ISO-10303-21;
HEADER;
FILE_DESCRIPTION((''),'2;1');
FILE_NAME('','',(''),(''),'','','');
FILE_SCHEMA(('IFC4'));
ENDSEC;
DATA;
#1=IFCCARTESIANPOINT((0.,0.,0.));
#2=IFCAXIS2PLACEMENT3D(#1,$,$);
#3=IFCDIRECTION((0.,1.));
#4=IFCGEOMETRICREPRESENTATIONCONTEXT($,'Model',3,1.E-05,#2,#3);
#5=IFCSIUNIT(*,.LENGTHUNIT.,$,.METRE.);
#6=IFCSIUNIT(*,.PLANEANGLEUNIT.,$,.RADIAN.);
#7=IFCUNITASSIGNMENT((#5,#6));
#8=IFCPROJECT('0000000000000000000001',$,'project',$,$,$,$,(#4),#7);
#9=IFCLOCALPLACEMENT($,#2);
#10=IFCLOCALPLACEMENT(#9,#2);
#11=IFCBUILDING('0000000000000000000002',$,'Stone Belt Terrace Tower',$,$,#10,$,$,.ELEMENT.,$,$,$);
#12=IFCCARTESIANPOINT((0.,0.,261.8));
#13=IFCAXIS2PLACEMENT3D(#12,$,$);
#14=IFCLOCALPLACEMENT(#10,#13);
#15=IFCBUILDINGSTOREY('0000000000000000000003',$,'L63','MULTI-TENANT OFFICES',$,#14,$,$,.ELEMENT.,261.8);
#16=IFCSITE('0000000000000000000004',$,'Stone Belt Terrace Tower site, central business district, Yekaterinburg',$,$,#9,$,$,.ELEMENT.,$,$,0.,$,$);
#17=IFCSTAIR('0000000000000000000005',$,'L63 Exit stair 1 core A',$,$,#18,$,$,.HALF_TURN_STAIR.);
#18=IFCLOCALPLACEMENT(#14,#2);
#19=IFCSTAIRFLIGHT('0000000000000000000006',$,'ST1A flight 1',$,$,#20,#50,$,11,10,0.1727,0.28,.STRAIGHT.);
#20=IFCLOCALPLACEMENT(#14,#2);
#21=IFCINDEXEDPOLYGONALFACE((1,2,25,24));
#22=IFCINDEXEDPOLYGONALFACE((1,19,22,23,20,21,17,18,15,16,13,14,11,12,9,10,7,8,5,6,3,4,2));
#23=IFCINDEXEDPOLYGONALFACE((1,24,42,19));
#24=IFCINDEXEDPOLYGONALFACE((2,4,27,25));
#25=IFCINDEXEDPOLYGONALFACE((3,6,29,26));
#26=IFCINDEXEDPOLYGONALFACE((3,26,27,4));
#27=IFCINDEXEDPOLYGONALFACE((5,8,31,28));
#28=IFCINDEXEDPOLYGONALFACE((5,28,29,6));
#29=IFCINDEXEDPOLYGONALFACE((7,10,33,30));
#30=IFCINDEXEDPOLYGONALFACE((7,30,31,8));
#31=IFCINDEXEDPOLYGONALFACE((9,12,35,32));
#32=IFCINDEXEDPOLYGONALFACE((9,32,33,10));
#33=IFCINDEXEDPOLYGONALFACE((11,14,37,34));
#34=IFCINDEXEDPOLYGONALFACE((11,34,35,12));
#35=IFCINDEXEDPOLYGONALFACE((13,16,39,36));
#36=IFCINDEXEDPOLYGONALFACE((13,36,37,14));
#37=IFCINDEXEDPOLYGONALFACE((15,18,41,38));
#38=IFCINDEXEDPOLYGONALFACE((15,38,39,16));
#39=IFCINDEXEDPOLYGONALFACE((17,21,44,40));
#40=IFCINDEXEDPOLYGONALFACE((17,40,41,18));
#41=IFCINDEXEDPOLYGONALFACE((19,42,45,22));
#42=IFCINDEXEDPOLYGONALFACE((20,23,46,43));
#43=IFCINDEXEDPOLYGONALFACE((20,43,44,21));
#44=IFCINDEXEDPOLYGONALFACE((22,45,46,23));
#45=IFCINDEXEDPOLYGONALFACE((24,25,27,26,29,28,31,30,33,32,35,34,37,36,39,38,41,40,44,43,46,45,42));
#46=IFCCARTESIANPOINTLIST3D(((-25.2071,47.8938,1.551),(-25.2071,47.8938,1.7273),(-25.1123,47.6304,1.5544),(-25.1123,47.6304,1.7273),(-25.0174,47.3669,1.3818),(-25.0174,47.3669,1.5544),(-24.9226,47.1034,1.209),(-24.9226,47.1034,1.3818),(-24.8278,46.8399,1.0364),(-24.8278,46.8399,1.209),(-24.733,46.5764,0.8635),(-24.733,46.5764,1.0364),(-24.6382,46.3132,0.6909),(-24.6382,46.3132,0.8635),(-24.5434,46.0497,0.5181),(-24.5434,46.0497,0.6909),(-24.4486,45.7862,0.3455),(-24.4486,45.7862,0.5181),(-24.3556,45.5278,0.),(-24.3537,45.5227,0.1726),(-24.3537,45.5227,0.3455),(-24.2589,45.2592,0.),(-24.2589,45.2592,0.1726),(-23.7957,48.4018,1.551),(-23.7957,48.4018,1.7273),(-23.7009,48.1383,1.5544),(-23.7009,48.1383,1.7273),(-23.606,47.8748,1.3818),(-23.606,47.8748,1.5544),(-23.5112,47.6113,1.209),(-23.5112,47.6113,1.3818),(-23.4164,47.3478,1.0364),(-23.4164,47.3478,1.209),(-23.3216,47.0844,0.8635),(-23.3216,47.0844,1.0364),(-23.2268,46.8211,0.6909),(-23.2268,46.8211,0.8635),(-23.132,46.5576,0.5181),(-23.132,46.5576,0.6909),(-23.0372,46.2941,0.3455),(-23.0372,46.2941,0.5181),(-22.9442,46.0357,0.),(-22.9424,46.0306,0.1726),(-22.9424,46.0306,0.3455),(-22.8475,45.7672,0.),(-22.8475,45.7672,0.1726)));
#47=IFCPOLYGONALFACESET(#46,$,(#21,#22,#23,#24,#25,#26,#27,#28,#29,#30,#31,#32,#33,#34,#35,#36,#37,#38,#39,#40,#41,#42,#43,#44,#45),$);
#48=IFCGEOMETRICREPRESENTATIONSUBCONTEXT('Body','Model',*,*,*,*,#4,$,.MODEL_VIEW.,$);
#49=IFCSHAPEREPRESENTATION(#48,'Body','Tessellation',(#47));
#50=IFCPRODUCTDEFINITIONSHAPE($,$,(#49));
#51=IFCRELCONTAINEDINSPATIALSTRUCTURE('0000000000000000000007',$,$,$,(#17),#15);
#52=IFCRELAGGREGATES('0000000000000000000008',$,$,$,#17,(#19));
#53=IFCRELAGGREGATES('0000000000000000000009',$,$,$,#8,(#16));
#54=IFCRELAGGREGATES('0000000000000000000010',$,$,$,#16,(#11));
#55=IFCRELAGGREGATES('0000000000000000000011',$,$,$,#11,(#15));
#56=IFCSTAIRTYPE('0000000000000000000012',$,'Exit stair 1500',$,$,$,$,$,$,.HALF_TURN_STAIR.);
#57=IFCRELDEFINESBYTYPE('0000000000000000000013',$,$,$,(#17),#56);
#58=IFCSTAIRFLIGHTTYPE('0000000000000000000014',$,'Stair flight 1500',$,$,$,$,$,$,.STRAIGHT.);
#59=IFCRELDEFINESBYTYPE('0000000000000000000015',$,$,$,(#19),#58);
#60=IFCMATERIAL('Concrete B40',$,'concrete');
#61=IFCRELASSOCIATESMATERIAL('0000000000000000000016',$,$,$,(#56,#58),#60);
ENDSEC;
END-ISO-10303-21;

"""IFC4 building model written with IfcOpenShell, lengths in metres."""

from ifc_helpers import new_model, si_unit, direction, frame, origin, place, context, subcontext, project, spatial, polyline, outline, extrude, material, type_object, element, aggregate, save


model = new_model("IFC4")

# Units and contexts
model_context = context("Model", 3, precision=1e-05, world=origin(), true_north=direction((0.0, 1.0)))
body_context = subcontext(model_context, "Body", "Model", "MODEL_VIEW")
ifc_project = project(units=[si_unit("LENGTHUNIT", "METRE"), si_unit("PLANEANGLEUNIT", "RADIAN")], contexts=[model_context])

# Site, building, storey
site_placement = place(None, origin())
site = spatial("IfcSite", under=ifc_project, at=site_placement, Name="Stone Belt Terrace Tower site, central business district, Yekaterinburg", CompositionType="ELEMENT", RefElevation=0.0)
building_placement = place(site_placement, origin())
building = spatial("IfcBuilding", under=site, at=building_placement, Name="Stone Belt Terrace Tower", CompositionType="ELEMENT")
storey_placement = place(building_placement, frame((0.0, 0.0, 261.8)))
storey = spatial("IfcBuildingStorey", under=building, at=storey_placement, Name="L63", Description="MULTI-TENANT OFFICES", CompositionType="ELEMENT", Elevation=261.8)

# Stair, stair flight
ifc_material_1 = material(Name="Concrete B40", Category="concrete")
stair_type = type_object("IfcStairType", Name="Exit stair 1500", PredefinedType="HALF_TURN_STAIR", material=ifc_material_1)
stair_placement = place(storey_placement, origin())
stair = element("IfcStair", 1, at=stair_placement, inside=storey, type_object=stair_type, Name="L63 Exit stair 1 core A", PredefinedType="HALF_TURN_STAIR")
stair_flight_type = type_object("IfcStairFlightType", Name="Stair flight 1500", PredefinedType="STRAIGHT", material=ifc_material_1)
stair_flight_placement = place(storey_placement, frame((-23.5532, 45.5132, 0.0), z_axis=(0.0, 0.0, 1.0), x_axis=(-0.338624, 0.940922, 0.0)))
stair_flight = element("IfcStairFlight", 2, at=stair_flight_placement, type_object=stair_flight_type, Name="ST1A flight 1", NumberOfRisers=11, NumberOfTreads=10, PredefinedType="STRAIGHT", RiserHeight=0.1727, TreadLength=0.28, context=body_context, shape_type="SweptSolid", body=[
    extrude(outline(polyline([(0.0, 0.0), (0.0, 0.1726), (0.28, 0.1726), (0.28, 0.3455), (0.5601, 0.3455), (0.5601, 0.5181), (0.8401, 0.5181), (0.8401, 0.6909), (1.1201, 0.6909), (1.1201, 0.8635), (1.3999, 0.8635), (1.3999, 1.0364), (1.6799, 1.0364), (1.6799, 1.209), (1.96, 1.209), (1.96, 1.3818), (2.24, 1.3818), (2.24, 1.5544), (2.52, 1.5544), (2.52, 1.7273), (2.8, 1.7273), (2.8, 1.8999), (2.8, 1.551), (0.2854, 0.0), (0.0, 0.0)])), frame((0.0, 0.75, 0.0), z_axis=(0.0, -1.0, 0.0), x_axis=(1.0, 0.0, 0.0)), (0.0, 0.0, 1.0), 1.5),
])
aggregate(stair, [stair_flight])

save(model, "model.ifc")
